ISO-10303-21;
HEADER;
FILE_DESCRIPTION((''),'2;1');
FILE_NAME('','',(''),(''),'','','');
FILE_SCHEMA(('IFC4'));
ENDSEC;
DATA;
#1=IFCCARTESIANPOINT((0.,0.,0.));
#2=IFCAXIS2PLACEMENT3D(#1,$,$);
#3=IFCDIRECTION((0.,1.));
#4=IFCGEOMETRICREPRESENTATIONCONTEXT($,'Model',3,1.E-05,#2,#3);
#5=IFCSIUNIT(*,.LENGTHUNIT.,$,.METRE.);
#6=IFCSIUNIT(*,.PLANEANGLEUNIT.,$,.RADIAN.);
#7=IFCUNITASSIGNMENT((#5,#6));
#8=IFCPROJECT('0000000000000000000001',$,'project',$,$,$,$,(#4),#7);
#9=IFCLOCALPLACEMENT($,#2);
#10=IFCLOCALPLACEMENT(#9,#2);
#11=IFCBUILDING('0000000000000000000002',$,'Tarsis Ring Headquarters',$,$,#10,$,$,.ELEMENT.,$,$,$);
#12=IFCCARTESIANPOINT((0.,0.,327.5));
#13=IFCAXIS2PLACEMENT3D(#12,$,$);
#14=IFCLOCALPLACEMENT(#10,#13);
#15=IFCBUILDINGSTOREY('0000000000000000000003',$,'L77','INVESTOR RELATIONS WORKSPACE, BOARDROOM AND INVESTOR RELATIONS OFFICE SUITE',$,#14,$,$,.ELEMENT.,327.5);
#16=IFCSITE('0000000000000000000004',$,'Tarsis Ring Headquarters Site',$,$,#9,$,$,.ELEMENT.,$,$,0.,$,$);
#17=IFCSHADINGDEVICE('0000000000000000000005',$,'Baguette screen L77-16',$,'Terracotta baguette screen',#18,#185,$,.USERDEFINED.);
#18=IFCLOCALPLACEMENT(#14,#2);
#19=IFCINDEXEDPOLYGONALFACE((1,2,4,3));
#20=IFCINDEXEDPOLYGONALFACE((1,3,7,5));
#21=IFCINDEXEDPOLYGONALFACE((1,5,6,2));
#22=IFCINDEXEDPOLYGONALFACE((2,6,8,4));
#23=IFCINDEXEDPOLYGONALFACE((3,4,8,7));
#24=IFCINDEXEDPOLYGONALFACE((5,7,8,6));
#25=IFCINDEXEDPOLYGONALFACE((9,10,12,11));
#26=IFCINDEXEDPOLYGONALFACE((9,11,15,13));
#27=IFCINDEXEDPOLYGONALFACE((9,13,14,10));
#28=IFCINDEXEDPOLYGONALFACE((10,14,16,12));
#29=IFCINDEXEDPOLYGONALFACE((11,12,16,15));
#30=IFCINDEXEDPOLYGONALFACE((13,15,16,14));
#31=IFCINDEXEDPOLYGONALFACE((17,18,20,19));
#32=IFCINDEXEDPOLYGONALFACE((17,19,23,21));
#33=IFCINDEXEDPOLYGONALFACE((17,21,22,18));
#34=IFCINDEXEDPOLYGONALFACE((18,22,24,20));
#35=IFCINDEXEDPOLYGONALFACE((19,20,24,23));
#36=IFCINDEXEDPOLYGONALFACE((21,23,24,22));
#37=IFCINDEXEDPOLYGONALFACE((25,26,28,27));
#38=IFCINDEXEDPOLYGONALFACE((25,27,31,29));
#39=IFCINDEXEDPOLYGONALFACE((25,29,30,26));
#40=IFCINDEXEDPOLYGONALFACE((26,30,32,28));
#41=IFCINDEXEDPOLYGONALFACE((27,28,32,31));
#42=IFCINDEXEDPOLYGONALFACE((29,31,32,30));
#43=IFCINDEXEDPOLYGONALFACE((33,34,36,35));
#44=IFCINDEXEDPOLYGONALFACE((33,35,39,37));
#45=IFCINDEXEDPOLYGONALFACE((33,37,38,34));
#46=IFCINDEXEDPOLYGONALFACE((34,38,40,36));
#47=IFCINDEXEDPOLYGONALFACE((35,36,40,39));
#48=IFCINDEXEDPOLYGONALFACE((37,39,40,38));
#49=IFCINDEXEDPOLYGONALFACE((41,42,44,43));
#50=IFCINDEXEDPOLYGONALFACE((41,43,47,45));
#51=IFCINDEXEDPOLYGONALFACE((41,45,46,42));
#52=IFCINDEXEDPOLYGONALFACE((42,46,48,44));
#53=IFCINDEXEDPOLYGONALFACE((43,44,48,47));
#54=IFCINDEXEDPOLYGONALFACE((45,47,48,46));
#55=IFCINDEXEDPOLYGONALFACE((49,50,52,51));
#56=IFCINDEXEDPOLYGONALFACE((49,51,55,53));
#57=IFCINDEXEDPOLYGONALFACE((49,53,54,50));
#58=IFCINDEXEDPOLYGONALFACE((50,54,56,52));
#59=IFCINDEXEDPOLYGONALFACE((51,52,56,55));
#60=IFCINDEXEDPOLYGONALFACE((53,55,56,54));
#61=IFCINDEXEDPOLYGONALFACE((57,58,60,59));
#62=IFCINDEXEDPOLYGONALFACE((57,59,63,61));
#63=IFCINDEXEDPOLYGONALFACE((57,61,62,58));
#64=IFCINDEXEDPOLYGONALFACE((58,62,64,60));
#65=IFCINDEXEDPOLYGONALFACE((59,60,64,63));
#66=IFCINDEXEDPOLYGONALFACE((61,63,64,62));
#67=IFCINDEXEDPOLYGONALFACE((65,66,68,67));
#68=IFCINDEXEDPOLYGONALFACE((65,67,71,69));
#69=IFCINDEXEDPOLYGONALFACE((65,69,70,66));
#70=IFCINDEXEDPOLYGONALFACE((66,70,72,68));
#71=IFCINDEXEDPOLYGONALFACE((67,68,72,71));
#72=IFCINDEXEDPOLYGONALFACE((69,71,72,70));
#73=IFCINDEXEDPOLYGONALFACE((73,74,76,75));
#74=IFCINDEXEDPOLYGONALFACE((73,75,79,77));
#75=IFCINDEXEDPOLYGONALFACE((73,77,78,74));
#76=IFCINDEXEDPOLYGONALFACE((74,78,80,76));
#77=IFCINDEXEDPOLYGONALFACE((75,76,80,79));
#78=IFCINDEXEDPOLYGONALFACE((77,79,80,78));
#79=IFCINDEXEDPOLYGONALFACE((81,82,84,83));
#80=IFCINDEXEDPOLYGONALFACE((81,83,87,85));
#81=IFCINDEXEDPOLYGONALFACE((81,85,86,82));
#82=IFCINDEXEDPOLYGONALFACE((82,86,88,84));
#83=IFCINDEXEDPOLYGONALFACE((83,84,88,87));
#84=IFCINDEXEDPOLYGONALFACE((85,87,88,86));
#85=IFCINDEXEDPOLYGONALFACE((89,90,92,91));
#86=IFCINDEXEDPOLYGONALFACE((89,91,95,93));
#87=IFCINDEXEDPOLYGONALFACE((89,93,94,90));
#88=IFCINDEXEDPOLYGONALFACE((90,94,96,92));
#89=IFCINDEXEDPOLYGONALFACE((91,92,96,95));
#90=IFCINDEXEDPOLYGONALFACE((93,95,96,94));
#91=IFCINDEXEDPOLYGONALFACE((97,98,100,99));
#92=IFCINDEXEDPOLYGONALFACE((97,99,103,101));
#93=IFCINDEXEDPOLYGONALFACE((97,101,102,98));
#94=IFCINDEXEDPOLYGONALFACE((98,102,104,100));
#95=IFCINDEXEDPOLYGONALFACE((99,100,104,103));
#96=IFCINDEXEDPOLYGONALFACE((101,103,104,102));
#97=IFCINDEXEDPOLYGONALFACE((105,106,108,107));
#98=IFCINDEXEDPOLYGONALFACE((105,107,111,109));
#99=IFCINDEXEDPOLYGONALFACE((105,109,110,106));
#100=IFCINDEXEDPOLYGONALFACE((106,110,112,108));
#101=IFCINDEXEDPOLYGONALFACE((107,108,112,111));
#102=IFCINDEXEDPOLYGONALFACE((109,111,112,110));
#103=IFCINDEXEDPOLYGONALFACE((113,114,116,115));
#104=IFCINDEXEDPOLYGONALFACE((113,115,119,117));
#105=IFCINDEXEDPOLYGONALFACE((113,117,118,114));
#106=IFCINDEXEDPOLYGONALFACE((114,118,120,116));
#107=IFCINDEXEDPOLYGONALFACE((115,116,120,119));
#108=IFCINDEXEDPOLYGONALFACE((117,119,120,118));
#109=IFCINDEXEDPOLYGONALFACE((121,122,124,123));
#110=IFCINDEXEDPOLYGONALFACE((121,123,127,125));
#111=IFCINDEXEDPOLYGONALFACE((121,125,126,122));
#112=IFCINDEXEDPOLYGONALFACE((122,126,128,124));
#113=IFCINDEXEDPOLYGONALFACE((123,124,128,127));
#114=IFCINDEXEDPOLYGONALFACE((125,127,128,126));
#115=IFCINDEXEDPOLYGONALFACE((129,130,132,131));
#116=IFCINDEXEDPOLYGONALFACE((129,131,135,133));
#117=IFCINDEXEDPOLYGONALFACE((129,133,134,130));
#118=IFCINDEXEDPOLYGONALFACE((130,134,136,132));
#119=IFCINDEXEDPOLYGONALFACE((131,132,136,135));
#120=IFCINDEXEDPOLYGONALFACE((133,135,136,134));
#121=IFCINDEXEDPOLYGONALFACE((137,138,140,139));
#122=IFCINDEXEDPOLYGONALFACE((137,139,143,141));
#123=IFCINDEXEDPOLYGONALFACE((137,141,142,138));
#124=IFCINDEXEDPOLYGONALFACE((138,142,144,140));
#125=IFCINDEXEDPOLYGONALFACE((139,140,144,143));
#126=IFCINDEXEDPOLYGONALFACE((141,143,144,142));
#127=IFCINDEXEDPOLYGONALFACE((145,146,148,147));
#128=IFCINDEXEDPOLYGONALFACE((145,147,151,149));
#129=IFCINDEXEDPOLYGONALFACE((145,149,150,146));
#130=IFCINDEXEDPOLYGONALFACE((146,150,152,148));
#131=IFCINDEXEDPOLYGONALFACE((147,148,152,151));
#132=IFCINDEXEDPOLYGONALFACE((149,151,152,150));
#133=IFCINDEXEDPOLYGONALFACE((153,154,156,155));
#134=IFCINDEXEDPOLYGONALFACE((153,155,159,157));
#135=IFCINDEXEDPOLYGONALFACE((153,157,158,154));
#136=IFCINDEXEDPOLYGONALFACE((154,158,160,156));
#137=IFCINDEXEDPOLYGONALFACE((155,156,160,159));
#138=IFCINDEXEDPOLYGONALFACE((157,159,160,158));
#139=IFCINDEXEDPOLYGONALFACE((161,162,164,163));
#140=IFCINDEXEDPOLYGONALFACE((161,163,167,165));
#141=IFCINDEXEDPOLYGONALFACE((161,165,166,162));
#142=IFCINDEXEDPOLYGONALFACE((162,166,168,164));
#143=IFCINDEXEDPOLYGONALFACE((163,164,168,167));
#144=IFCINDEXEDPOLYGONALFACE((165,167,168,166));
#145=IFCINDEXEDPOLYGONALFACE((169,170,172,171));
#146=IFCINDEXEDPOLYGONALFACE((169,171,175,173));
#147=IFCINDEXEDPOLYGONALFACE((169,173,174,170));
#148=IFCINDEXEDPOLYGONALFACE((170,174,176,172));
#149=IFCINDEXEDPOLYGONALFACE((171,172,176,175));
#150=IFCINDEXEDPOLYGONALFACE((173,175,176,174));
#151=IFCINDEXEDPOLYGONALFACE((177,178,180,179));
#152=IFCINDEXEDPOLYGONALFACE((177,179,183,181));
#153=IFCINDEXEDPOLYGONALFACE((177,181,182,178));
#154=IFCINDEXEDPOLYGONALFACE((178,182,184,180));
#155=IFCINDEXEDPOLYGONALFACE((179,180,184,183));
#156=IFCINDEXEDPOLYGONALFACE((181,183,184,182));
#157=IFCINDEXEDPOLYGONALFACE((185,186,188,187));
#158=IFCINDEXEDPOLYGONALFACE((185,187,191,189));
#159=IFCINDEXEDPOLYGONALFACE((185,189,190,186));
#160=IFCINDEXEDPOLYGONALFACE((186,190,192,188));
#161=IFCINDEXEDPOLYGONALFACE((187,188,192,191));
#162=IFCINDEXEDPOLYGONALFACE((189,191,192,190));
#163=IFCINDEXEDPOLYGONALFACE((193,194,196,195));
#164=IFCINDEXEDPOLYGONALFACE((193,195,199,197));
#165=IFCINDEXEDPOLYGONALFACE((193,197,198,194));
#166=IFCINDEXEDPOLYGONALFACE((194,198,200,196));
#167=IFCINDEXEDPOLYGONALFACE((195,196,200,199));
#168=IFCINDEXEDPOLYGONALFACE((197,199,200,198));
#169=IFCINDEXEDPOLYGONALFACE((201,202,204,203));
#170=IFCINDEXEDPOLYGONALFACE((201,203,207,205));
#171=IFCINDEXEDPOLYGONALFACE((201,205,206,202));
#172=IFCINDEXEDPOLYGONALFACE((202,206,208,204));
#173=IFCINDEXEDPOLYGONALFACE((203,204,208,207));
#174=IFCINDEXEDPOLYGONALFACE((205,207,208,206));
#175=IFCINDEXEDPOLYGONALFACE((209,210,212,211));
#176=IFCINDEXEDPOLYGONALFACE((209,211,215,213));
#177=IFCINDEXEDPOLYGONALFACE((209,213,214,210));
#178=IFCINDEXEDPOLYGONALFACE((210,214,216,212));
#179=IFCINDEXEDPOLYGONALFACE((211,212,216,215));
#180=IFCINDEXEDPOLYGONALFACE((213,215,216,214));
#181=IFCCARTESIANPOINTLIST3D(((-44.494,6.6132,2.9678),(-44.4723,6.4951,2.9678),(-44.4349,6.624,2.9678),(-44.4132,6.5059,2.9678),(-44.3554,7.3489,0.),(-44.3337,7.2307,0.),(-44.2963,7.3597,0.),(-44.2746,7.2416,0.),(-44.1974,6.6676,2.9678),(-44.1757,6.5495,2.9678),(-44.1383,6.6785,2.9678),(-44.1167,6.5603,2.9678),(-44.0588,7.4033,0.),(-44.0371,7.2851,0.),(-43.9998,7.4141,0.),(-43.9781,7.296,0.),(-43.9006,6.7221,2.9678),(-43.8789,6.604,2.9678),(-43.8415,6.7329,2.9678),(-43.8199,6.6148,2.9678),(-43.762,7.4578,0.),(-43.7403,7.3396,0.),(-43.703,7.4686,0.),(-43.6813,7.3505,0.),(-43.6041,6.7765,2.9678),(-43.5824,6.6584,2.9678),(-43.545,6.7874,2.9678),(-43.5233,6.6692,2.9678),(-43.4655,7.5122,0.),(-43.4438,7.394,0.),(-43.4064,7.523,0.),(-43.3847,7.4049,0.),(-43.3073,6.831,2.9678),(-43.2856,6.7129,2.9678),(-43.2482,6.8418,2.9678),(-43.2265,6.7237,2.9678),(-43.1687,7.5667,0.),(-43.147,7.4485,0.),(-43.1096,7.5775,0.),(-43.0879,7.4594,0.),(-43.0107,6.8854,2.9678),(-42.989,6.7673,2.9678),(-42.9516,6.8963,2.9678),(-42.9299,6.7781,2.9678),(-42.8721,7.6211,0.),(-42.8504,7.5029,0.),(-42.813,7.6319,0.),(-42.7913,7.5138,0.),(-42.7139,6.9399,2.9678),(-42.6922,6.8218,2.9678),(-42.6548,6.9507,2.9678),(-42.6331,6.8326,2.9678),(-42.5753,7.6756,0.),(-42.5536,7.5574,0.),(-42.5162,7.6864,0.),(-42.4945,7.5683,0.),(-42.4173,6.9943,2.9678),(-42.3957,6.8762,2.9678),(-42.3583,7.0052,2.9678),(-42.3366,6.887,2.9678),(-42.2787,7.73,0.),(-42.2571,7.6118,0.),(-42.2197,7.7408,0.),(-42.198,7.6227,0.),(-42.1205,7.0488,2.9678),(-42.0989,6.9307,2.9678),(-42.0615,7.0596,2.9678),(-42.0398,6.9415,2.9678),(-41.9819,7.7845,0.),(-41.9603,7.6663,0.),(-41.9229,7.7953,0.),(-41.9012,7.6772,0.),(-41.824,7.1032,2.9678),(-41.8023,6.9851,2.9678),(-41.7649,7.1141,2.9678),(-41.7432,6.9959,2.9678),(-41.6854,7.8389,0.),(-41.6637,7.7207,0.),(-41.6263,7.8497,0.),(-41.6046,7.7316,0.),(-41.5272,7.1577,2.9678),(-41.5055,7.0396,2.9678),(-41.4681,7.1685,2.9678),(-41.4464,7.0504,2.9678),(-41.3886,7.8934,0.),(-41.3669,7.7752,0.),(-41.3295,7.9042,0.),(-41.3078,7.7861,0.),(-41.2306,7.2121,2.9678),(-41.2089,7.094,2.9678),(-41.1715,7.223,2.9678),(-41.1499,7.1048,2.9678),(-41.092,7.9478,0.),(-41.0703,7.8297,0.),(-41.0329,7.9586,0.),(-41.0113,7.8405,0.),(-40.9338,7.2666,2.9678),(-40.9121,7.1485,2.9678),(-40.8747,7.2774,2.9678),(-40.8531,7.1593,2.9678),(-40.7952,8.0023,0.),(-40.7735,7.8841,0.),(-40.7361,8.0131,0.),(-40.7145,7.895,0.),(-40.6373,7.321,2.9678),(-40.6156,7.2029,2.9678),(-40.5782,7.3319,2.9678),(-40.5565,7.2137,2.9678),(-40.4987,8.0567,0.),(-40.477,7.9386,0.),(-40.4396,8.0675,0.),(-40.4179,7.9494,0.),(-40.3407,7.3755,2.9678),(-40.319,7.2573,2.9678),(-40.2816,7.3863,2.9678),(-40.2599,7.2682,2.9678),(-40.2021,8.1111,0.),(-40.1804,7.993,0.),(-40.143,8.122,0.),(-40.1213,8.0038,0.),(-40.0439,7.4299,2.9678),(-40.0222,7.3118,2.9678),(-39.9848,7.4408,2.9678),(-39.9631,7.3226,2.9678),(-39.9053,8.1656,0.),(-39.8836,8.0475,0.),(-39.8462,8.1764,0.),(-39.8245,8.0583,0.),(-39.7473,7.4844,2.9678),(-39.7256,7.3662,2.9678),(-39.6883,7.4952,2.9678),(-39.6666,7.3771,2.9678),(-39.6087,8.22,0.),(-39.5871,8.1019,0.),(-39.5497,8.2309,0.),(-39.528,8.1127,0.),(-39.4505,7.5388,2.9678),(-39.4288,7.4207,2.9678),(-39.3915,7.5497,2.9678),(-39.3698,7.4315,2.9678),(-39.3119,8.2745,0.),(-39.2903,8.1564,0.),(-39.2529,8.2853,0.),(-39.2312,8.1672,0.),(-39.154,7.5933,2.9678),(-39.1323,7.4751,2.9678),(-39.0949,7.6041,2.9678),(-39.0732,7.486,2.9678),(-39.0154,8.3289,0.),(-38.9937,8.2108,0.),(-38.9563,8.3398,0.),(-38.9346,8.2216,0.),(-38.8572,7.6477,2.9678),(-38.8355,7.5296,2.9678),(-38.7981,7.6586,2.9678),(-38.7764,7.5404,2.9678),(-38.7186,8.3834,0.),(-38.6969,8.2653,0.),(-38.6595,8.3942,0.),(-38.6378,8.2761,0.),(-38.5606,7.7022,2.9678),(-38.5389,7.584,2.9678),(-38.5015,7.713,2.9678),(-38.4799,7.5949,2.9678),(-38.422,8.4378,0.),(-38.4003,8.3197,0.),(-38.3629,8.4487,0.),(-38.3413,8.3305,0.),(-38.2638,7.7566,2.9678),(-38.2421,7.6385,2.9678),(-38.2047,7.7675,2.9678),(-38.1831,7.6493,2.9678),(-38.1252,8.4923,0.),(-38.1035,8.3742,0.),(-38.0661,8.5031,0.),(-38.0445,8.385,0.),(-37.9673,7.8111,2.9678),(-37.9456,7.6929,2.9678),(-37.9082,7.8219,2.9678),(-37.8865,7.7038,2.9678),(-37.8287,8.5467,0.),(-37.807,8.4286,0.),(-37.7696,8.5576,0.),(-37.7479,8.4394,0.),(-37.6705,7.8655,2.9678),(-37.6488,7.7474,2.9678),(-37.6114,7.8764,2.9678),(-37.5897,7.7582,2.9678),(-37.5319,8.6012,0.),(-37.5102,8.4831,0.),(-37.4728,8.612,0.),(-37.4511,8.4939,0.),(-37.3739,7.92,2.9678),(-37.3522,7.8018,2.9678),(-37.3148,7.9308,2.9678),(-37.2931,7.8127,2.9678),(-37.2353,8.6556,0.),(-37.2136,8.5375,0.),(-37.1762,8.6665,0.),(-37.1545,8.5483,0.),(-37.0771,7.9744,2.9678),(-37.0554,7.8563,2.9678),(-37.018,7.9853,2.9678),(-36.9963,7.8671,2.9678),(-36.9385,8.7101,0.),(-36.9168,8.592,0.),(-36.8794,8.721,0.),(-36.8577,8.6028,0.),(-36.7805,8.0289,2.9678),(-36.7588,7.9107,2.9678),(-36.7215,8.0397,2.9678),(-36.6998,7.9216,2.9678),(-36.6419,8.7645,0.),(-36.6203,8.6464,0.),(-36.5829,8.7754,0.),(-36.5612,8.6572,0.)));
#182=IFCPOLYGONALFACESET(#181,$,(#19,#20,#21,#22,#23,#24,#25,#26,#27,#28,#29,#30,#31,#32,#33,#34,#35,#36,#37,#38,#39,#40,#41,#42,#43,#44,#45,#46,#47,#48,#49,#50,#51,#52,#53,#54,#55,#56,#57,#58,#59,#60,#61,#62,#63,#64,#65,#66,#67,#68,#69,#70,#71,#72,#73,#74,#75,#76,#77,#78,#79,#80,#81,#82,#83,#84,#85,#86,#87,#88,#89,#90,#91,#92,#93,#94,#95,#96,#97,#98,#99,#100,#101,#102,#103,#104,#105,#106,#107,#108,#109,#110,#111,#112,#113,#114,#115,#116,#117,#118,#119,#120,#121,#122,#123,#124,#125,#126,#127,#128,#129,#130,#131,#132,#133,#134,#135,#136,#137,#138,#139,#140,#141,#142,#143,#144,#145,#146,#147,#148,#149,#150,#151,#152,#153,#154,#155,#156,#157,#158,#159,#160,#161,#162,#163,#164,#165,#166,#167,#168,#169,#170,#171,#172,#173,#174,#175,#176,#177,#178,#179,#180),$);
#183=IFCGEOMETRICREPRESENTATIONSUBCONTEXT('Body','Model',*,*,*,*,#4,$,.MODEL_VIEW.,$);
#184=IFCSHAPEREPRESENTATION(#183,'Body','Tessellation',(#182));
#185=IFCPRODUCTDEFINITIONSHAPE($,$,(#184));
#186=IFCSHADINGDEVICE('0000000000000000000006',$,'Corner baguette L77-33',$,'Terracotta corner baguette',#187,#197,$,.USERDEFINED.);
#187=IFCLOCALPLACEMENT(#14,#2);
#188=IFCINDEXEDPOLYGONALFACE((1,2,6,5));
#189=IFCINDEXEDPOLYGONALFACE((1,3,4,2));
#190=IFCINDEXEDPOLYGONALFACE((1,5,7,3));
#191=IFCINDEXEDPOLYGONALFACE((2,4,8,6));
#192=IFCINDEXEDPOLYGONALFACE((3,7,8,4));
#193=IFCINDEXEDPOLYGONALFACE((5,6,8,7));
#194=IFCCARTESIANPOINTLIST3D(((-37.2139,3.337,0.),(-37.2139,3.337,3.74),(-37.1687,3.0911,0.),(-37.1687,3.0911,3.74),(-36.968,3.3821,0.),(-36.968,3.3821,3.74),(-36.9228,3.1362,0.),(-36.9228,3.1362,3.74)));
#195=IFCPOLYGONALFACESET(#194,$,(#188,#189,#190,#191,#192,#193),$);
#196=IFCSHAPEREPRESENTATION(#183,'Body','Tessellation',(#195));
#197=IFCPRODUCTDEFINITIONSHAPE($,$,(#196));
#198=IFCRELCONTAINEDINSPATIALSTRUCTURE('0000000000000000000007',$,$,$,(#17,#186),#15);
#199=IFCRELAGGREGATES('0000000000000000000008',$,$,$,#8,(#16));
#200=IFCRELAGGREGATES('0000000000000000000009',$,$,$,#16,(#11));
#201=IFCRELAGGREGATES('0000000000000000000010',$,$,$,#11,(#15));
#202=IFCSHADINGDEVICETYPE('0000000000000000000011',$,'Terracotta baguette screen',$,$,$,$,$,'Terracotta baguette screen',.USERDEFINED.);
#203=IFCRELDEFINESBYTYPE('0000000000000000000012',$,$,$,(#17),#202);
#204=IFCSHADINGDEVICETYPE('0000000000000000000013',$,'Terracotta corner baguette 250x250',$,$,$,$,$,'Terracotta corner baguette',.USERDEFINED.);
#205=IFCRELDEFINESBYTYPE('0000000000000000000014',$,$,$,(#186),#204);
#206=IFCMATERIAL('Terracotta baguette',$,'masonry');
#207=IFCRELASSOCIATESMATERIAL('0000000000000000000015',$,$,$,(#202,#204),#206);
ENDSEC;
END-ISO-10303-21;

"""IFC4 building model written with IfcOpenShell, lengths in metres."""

from ifc_helpers import new_model, si_unit, direction, frame, frame_2d, origin, origin_2d, place, context, subcontext, project, spatial, rectangle, composite_profile, extrude, material, type_object, element, save


model = new_model("IFC4")

# Units and contexts
model_context = context("Model", 3, precision=1e-05, world=origin(), true_north=direction((0.0, 1.0)))
body_context = subcontext(model_context, "Body", "Model", "MODEL_VIEW")
ifc_project = project(units=[si_unit("LENGTHUNIT", "METRE"), si_unit("PLANEANGLEUNIT", "RADIAN")], contexts=[model_context])

# Site, building, storey
site_placement = place(None, origin())
site = spatial("IfcSite", under=ifc_project, at=site_placement, Name="Tarsis Ring Headquarters Site", CompositionType="ELEMENT", RefElevation=0.0)
building_placement = place(site_placement, origin())
building = spatial("IfcBuilding", under=site, at=building_placement, Name="Tarsis Ring Headquarters", CompositionType="ELEMENT")
storey_placement = place(building_placement, frame((0.0, 0.0, 327.5)))
storey = spatial("IfcBuildingStorey", under=building, at=storey_placement, Name="L77", Description="INVESTOR RELATIONS WORKSPACE, BOARDROOM AND INVESTOR RELATIONS OFFICE SUITE", CompositionType="ELEMENT", Elevation=327.5)

# Shading devices
ifc_material_1 = material(Name="Terracotta baguette", Category="masonry")
shading_device_type_1 = type_object("IfcShadingDeviceType", Name="Terracotta baguette screen", ElementType="Terracotta baguette screen", PredefinedType="USERDEFINED", material=ifc_material_1)
shading_device_1_placement = place(storey_placement, frame((-36.572, 8.7163, 0.0), z_axis=(0.0, 0.0, 1.0), x_axis=(-0.983564, -0.180518, 0.0)))
element("IfcShadingDevice", 1, at=shading_device_1_placement, inside=storey, type_object=shading_device_type_1, Name="Baguette screen L77-16", ObjectType="Terracotta baguette screen", PredefinedType="USERDEFINED", context=body_context, shape_type="SweptSolid", body=[
    extrude(composite_profile([rectangle(XDim=0.0601, YDim=0.1201, at=frame_2d((0.03, 0.0))), rectangle(XDim=0.0601, YDim=0.1201, at=frame_2d((0.3315, 0.0))), rectangle(XDim=0.0601, YDim=0.1201, at=frame_2d((0.6333, 0.0))), rectangle(XDim=0.0601, YDim=0.1201, at=frame_2d((0.9348, 0.0))), rectangle(XDim=0.0601, YDim=0.1201, at=frame_2d((1.2366, 0.0))), rectangle(XDim=0.0601, YDim=0.1201, at=frame_2d((1.5381, 0.0))), rectangle(XDim=0.0601, YDim=0.1201, at=frame_2d((1.8398, 0.0))), rectangle(XDim=0.0601, YDim=0.1201, at=frame_2d((2.1414, 0.0))), rectangle(XDim=0.0601, YDim=0.1201, at=frame_2d((2.4431, 0.0))), rectangle(XDim=0.0601, YDim=0.1201, at=frame_2d((2.7446, 0.0))), rectangle(XDim=0.0601, YDim=0.1201, at=frame_2d((3.0464, 0.0))), rectangle(XDim=0.0601, YDim=0.1201, at=frame_2d((3.3479, 0.0))), rectangle(XDim=0.0601, YDim=0.1201, at=frame_2d((3.6497, 0.0))), rectangle(XDim=0.0601, YDim=0.1201, at=frame_2d((3.9512, 0.0))), rectangle(XDim=0.0601, YDim=0.1201, at=frame_2d((4.2527, 0.0))), rectangle(XDim=0.0601, YDim=0.1201, at=frame_2d((4.5544, 0.0))), rectangle(XDim=0.0601, YDim=0.1201, at=frame_2d((4.856, 0.0))), rectangle(XDim=0.0601, YDim=0.1201, at=frame_2d((5.1577, 0.0))), rectangle(XDim=0.0601, YDim=0.1201, at=frame_2d((5.4592, 0.0))), rectangle(XDim=0.0601, YDim=0.1201, at=frame_2d((5.761, 0.0))), rectangle(XDim=0.0601, YDim=0.1201, at=frame_2d((6.0625, 0.0))), rectangle(XDim=0.0601, YDim=0.1201, at=frame_2d((6.3643, 0.0))), rectangle(XDim=0.0601, YDim=0.1201, at=frame_2d((6.6658, 0.0))), rectangle(XDim=0.0601, YDim=0.1201, at=frame_2d((6.9675, 0.0))), rectangle(XDim=0.0601, YDim=0.1201, at=frame_2d((7.269, 0.0))), rectangle(XDim=0.0601, YDim=0.1201, at=frame_2d((7.5708, 0.0))), rectangle(XDim=0.0601, YDim=0.1201, at=frame_2d((7.8723, 0.0)))]), origin(), (0.087925, 0.228227, 0.96963), 3.0608),
])
shading_device_type_2 = type_object("IfcShadingDeviceType", Name="Terracotta corner baguette 250x250", ElementType="Terracotta corner baguette", PredefinedType="USERDEFINED", material=ifc_material_1)
shading_device_2_placement = place(storey_placement, frame((-37.0684, 3.2366, 0.0), z_axis=(0.0, 0.0, 1.0), x_axis=(0.180519, -0.983572, 0.0)))
element("IfcShadingDevice", 2, at=shading_device_2_placement, inside=storey, type_object=shading_device_type_2, Name="Corner baguette L77-33", ObjectType="Terracotta corner baguette", PredefinedType="USERDEFINED", context=body_context, shape_type="SweptSolid", body=[
    extrude(rectangle(XDim=0.25, YDim=0.25, at=origin_2d()), origin(), (0.0, 0.0, 1.0), 3.74),
])

save(model, "model.ifc")
